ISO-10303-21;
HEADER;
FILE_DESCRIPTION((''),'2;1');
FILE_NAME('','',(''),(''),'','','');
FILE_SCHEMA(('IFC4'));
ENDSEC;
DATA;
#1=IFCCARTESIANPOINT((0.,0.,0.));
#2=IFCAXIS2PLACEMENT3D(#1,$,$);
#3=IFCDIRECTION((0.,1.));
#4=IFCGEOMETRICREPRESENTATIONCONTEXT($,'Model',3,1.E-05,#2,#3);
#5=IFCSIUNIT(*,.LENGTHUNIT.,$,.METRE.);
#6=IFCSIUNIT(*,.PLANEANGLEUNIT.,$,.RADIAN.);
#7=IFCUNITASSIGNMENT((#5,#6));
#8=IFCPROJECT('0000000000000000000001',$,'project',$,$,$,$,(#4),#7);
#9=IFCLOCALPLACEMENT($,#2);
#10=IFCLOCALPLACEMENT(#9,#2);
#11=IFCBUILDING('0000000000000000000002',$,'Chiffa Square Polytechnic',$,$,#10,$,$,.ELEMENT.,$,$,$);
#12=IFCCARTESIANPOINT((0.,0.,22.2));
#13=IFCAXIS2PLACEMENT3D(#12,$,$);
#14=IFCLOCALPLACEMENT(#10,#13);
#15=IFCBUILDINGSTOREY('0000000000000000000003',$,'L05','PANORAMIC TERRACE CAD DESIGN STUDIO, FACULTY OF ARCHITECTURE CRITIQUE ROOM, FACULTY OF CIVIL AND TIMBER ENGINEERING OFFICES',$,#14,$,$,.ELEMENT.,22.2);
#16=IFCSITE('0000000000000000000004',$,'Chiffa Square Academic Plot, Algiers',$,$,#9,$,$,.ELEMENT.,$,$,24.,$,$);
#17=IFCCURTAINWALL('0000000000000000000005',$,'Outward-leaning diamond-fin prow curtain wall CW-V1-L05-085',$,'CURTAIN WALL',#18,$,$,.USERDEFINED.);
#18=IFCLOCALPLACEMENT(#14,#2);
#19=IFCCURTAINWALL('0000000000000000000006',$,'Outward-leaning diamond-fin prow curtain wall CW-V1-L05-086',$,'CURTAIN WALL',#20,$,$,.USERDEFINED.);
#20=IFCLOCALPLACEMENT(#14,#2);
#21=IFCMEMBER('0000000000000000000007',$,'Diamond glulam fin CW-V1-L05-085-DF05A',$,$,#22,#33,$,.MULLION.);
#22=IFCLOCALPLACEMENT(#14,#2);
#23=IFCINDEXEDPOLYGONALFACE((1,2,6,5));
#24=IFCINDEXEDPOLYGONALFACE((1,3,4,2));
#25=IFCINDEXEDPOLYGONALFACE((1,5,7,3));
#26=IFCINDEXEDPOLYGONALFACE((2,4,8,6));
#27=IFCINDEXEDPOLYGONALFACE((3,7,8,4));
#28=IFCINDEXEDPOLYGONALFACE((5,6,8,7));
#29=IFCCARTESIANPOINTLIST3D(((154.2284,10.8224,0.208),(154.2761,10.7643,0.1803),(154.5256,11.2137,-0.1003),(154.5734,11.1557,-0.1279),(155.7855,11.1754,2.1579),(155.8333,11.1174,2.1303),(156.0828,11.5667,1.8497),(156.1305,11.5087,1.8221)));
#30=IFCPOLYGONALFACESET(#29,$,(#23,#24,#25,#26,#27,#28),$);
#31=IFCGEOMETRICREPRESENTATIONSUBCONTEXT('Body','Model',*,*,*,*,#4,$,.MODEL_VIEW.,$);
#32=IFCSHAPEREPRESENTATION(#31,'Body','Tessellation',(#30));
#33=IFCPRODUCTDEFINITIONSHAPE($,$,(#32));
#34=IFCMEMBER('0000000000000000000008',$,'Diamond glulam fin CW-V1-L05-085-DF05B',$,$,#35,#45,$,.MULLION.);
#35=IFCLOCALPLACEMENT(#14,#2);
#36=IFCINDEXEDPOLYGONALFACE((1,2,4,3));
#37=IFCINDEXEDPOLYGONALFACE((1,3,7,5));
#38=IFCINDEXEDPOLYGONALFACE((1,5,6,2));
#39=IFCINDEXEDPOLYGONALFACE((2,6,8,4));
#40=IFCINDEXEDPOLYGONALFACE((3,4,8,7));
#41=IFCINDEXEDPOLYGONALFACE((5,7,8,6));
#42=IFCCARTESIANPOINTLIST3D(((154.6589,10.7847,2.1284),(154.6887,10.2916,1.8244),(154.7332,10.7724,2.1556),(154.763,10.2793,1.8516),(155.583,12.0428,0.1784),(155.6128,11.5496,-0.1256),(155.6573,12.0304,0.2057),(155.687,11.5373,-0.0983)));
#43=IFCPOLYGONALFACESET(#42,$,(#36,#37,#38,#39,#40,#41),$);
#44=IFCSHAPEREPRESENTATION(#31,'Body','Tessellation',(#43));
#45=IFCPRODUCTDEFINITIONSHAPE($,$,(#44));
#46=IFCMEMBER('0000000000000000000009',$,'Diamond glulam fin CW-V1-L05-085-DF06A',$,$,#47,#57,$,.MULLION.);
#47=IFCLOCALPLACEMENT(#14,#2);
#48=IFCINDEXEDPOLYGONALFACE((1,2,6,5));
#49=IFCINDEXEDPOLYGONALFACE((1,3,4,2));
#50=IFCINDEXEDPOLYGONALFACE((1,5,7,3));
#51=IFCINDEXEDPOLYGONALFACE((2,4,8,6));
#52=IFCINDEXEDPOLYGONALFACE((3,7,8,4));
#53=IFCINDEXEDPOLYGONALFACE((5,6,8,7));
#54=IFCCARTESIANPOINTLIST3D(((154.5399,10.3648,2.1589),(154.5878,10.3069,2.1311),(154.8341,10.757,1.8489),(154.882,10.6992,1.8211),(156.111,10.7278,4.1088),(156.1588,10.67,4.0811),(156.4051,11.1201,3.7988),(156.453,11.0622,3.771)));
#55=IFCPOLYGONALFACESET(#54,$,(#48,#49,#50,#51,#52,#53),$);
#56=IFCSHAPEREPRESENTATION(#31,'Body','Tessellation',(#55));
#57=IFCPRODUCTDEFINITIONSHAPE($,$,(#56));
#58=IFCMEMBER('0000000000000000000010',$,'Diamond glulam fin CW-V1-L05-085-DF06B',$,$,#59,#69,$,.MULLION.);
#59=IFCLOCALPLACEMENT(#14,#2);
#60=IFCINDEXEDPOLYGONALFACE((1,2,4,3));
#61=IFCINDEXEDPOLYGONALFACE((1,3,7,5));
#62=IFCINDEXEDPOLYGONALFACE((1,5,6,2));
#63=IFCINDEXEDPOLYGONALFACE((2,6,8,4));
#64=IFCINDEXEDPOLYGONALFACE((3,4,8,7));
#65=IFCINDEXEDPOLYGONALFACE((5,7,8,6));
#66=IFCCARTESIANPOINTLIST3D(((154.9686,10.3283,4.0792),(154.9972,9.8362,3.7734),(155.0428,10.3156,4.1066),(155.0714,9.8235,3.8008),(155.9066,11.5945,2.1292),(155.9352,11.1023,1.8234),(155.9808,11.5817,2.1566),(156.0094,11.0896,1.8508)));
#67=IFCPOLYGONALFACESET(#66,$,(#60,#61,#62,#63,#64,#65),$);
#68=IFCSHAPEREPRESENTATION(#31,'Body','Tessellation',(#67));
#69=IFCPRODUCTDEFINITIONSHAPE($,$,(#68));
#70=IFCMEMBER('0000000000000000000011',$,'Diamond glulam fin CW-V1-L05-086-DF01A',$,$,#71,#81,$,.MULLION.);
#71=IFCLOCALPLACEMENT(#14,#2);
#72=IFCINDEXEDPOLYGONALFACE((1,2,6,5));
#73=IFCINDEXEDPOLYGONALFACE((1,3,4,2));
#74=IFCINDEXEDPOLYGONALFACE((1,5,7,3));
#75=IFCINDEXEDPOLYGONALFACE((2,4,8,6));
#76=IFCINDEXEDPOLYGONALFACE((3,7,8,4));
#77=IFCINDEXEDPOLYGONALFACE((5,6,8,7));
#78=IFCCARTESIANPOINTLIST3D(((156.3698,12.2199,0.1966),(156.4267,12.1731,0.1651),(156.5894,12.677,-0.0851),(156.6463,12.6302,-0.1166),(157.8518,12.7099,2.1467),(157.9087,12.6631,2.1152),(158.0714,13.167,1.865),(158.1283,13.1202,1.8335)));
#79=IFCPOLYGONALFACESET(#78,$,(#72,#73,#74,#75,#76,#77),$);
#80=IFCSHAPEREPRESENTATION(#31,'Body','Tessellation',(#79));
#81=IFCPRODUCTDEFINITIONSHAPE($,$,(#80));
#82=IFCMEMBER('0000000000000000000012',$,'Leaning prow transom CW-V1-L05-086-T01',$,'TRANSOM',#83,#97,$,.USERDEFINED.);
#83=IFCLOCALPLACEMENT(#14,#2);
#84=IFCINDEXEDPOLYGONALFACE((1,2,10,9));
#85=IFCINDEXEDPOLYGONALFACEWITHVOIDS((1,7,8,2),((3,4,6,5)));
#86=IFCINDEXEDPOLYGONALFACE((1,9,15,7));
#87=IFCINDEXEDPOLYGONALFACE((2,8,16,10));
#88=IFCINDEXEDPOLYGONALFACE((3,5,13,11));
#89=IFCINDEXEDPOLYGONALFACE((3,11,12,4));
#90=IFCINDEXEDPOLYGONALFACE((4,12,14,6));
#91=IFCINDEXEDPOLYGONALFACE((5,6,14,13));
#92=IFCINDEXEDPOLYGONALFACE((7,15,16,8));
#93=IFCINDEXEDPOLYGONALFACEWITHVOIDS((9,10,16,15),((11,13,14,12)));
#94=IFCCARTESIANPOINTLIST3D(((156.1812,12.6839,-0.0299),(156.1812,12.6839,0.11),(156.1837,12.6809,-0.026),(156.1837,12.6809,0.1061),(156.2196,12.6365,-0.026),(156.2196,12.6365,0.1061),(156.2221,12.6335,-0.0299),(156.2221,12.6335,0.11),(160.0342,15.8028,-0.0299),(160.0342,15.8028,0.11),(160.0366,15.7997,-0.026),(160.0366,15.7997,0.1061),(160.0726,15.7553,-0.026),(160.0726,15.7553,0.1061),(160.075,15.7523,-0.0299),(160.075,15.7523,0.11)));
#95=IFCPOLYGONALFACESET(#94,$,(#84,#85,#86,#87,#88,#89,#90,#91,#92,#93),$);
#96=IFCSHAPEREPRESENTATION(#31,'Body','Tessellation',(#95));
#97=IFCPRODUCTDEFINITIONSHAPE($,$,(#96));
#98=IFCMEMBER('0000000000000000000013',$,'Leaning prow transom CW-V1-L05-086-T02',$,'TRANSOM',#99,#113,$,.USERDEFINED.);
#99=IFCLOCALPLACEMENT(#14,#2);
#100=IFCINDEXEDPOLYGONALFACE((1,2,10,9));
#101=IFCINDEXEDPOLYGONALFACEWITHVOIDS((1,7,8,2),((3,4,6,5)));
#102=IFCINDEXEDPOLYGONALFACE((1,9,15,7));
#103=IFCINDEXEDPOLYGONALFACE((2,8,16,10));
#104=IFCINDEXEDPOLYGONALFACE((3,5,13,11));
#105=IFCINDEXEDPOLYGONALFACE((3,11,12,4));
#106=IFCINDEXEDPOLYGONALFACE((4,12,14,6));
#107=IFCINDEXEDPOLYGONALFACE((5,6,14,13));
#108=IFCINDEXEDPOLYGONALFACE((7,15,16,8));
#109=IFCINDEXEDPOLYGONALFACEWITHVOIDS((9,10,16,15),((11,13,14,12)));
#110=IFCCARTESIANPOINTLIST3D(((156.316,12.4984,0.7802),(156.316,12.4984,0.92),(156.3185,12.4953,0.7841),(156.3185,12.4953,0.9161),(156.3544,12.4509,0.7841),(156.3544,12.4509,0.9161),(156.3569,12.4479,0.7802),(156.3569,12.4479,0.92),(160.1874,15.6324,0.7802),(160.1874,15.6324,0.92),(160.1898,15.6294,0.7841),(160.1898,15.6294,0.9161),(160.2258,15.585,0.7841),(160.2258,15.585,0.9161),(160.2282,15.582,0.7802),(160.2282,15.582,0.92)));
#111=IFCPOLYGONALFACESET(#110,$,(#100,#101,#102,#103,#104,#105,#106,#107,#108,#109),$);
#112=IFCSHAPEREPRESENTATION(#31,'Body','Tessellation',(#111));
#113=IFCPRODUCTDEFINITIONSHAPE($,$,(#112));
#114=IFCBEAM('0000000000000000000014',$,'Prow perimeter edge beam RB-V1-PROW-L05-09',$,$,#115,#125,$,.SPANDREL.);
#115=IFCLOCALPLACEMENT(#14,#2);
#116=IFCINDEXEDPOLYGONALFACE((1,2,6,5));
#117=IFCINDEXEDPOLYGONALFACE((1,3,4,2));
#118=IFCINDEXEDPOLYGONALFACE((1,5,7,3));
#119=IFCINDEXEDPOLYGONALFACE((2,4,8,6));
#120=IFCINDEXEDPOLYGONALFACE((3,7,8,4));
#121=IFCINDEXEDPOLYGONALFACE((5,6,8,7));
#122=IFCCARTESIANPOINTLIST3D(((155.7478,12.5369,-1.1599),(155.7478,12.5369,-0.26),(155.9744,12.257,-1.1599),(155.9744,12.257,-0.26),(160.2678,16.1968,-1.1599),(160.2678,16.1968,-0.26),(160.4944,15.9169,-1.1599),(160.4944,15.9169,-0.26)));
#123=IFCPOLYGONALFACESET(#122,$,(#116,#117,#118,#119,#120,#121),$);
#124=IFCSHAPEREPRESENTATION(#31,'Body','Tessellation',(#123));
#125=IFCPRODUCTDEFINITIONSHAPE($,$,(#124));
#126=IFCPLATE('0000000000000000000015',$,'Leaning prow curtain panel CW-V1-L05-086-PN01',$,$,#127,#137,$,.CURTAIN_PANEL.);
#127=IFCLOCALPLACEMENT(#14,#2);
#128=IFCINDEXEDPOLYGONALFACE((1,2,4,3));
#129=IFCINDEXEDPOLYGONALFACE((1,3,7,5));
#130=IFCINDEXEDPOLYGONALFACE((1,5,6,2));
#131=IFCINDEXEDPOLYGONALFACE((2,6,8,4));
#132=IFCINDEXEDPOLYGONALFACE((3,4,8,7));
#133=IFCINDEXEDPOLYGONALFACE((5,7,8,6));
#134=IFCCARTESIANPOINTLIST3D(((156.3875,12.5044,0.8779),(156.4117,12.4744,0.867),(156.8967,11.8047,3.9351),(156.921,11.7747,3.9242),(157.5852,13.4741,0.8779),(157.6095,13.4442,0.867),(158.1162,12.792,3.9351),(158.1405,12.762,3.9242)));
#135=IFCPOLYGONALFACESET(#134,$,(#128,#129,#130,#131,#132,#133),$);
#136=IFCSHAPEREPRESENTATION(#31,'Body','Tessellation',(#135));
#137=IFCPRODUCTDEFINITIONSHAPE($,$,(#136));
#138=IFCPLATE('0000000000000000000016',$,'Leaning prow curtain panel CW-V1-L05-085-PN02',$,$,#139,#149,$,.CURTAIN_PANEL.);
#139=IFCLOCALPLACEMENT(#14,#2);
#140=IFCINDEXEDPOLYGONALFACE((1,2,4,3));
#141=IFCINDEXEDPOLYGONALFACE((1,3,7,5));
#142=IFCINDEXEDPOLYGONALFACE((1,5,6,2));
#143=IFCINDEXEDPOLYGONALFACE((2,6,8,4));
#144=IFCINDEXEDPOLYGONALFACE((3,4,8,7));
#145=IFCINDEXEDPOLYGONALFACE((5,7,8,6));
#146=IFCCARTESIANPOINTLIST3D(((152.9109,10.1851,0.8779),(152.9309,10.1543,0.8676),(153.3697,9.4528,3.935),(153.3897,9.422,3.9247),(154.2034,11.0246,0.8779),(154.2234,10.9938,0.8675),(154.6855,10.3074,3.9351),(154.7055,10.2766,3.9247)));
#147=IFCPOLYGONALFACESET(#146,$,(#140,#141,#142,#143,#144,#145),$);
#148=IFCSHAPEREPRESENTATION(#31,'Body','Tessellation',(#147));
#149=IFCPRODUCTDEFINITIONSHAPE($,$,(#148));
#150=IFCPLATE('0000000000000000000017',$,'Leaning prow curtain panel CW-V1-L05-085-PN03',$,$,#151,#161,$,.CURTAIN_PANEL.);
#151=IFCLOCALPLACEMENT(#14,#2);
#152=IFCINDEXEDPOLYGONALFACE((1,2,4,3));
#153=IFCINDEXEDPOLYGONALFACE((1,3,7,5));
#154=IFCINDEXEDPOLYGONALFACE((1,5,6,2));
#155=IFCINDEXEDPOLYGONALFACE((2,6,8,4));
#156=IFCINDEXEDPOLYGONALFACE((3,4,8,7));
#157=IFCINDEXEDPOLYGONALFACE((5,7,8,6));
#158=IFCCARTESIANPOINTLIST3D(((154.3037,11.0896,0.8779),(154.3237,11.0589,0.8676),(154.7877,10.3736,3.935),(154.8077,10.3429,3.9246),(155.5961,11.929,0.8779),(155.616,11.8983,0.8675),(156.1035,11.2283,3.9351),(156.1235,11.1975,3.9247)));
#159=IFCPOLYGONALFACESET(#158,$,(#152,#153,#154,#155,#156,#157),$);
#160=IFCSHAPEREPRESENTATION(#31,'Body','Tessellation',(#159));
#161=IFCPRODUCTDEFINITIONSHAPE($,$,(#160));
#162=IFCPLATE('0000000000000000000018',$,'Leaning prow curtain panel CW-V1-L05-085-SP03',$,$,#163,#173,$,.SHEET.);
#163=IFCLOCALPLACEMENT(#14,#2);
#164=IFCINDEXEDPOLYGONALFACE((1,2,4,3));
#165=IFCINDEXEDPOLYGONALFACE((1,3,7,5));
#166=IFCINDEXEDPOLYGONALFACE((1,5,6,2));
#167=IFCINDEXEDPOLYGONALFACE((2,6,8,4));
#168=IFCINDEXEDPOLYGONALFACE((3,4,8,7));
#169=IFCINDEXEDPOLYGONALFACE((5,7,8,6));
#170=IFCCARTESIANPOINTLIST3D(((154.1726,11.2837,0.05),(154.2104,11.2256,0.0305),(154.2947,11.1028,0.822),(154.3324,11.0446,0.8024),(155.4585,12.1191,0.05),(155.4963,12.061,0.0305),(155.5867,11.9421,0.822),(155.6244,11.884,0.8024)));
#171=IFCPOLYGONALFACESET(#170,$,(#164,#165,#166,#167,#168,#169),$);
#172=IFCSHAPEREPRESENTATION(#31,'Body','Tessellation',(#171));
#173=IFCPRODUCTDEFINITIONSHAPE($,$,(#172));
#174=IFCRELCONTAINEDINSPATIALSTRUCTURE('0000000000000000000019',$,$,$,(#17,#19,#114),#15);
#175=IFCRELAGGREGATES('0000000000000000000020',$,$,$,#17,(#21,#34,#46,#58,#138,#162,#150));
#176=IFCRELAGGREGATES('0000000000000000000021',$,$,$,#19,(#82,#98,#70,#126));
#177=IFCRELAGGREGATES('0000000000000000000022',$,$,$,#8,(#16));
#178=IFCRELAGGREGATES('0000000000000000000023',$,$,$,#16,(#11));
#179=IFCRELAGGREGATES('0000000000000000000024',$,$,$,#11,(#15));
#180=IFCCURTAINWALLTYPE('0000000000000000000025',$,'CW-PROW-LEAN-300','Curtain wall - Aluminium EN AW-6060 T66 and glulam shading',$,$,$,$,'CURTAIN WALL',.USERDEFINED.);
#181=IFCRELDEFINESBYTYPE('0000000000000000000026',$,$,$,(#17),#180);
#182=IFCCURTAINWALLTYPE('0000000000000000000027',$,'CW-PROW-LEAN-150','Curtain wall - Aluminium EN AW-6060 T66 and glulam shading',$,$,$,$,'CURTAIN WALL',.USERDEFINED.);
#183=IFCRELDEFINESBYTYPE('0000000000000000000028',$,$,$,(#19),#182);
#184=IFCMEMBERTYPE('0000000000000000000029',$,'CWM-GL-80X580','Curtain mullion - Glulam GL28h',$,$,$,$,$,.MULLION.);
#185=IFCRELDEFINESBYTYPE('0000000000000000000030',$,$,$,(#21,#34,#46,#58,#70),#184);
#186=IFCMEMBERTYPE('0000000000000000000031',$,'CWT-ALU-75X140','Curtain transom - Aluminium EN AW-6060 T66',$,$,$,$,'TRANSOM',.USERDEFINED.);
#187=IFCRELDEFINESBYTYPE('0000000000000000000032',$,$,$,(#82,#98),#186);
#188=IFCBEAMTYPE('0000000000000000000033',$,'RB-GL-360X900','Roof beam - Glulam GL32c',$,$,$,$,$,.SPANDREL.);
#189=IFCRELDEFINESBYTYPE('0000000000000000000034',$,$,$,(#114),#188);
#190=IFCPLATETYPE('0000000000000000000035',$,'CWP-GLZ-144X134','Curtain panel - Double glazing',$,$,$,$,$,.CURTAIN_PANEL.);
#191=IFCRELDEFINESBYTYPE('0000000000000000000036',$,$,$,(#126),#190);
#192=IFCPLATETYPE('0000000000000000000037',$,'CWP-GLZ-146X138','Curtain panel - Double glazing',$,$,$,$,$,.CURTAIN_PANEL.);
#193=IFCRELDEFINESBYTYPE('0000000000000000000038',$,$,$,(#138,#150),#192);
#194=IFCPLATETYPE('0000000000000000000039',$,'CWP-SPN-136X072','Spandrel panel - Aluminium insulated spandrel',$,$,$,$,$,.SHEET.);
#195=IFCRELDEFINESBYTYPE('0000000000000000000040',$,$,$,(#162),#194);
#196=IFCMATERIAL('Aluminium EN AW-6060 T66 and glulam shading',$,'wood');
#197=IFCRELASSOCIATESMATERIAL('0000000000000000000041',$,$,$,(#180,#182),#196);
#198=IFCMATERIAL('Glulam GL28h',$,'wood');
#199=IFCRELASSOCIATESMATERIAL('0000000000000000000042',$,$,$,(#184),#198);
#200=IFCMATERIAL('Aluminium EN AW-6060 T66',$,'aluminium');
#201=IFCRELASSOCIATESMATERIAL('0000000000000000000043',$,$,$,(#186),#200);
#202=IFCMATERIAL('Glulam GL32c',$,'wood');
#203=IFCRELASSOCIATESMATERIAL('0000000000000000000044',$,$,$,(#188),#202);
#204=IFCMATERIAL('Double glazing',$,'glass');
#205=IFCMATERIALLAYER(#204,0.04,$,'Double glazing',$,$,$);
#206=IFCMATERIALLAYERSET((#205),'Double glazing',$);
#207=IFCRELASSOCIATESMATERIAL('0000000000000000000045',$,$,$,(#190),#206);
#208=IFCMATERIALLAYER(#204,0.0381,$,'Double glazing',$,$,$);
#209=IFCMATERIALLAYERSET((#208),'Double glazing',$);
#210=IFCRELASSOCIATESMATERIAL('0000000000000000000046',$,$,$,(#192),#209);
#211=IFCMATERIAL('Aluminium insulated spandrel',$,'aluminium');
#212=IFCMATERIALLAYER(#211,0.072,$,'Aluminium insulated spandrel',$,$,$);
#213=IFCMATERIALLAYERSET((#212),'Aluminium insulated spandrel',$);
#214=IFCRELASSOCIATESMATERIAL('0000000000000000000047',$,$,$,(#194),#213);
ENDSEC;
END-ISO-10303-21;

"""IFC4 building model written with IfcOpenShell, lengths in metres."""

from ifc_helpers import new_model, si_unit, direction, frame, origin, origin_2d, place, context, subcontext, project, spatial, polyline, rectangle, hollow_rectangle, outline, extrude, material, layer, layer_set, material_profile, profile_set, type_object, element, aggregate, save


model = new_model("IFC4")

# Units and contexts
model_context = context("Model", 3, precision=1e-05, world=origin(), true_north=direction((0.0, 1.0)))
body_context = subcontext(model_context, "Body", "Model", "MODEL_VIEW")
ifc_project = project(units=[si_unit("LENGTHUNIT", "METRE"), si_unit("PLANEANGLEUNIT", "RADIAN")], contexts=[model_context])

# Site, building, storey
site_placement = place(None, origin())
site = spatial("IfcSite", under=ifc_project, at=site_placement, Name="Chiffa Square Academic Plot, Algiers", CompositionType="ELEMENT", RefElevation=24.0)
building_placement = place(site_placement, origin())
building = spatial("IfcBuilding", under=site, at=building_placement, Name="Chiffa Square Polytechnic", CompositionType="ELEMENT")
storey_placement = place(building_placement, frame((0.0, 0.0, 22.2)))
storey = spatial("IfcBuildingStorey", under=building, at=storey_placement, Name="L05", Description="PANORAMIC TERRACE CAD DESIGN STUDIO, FACULTY OF ARCHITECTURE CRITIQUE ROOM, FACULTY OF CIVIL AND TIMBER ENGINEERING OFFICES", CompositionType="ELEMENT", Elevation=22.2)

# Shared definitions
ifc_material_1 = material(Name="Glulam GL32c", Category="wood")

# Curtain wall
ifc_material_2 = material(Name="Aluminium EN AW-6060 T66 and glulam shading", Category="wood")
curtain_wall_type_1 = type_object("IfcCurtainWallType", Name="CW-PROW-LEAN-300", Description="Curtain wall - Aluminium EN AW-6060 T66 and glulam shading", ElementType="CURTAIN WALL", PredefinedType="USERDEFINED", material=ifc_material_2)
curtain_wall_1_placement = place(storey_placement, origin())
curtain_wall_1 = element("IfcCurtainWall", 1, at=curtain_wall_1_placement, inside=storey, type_object=curtain_wall_type_1, Name="Outward-leaning diamond-fin prow curtain wall CW-V1-L05-085", ObjectType="CURTAIN WALL", PredefinedType="USERDEFINED")
ifc_material_3 = material(Name="Aluminium EN AW-6060 T66", Category="aluminium")

# Curtain wall
curtain_wall_type_2 = type_object("IfcCurtainWallType", Name="CW-PROW-LEAN-150", Description="Curtain wall - Aluminium EN AW-6060 T66 and glulam shading", ElementType="CURTAIN WALL", PredefinedType="USERDEFINED", material=ifc_material_2)
curtain_wall_2_placement = place(storey_placement, origin())
curtain_wall_2 = element("IfcCurtainWall", 2, at=curtain_wall_2_placement, inside=storey, type_object=curtain_wall_type_2, Name="Outward-leaning diamond-fin prow curtain wall CW-V1-L05-086", ObjectType="CURTAIN WALL", PredefinedType="USERDEFINED")

# Members
ifc_material_4 = material(Name="Glulam GL28h", Category="wood")
ifc_material_profile_1 = material_profile(ifc_material_4, rectangle(XDim=0.0801, YDim=0.5801, at=origin_2d()), Name="GL28h 80x580")
ifc_profile_set_1 = profile_set([ifc_material_profile_1], Name="Glulam GL28h")
member_type_1 = type_object("IfcMemberType", Name="CWM-GL-80X580", Description="Curtain mullion - Glulam GL28h", PredefinedType="MULLION", material=ifc_profile_set_1)
member_1_placement = place(storey_placement, frame((154.4009, 10.989, 0.04), z_axis=(0.61785, 0.140077, 0.773718), x_axis=(-0.596402, 0.72474, 0.345045)))
member_1 = element("IfcMember", 3, at=member_1_placement, type_object=member_type_1, Name="Diamond glulam fin CW-V1-L05-085-DF05A", PredefinedType="MULLION", context=body_context, shape_type="SweptSolid", body=[
    extrude(rectangle(XDim=0.0801, YDim=0.5801, at=origin_2d()), origin(), (0.0, 0.0, 1.0), 2.5203),
])
member_2_placement = place(storey_placement, frame((155.635, 11.79, 0.04), z_axis=(-0.369957, -0.503669, 0.780672), x_axis=(0.927628, -0.153806, 0.340367)))
member_2 = element("IfcMember", 4, at=member_2_placement, type_object=member_type_1, Name="Diamond glulam fin CW-V1-L05-085-DF05B", PredefinedType="MULLION", context=body_context, shape_type="SweptSolid", body=[
    extrude(rectangle(XDim=0.0801, YDim=0.5801, at=origin_2d()), origin(), (0.0, 0.0, 1.0), 2.4978),
])
member_3_placement = place(storey_placement, frame((154.7109, 10.532, 1.99), z_axis=(0.620899, 0.143477, 0.770648), x_axis=(-0.597773, 0.722638, 0.347077)))
member_3 = element("IfcMember", 5, at=member_3_placement, type_object=member_type_1, Name="Diamond glulam fin CW-V1-L05-085-DF06A", PredefinedType="MULLION", context=body_context, shape_type="SweptSolid", body=[
    extrude(rectangle(XDim=0.0801, YDim=0.5801, at=origin_2d()), origin(), (0.0, 0.0, 1.0), 2.5303),
])
member_4_placement = place(storey_placement, frame((155.958, 11.342, 1.99), z_axis=(-0.374144, -0.505026, 0.777795), x_axis=(0.926058, -0.158859, 0.342316)))
member_4 = element("IfcMember", 6, at=member_4_placement, type_object=member_type_1, Name="Diamond glulam fin CW-V1-L05-085-DF06B", PredefinedType="MULLION", context=body_context, shape_type="SweptSolid", body=[
    extrude(rectangle(XDim=0.0801, YDim=0.5801, at=origin_2d()), origin(), (0.0, 0.0, 1.0), 2.5071),
])
member_5_placement = place(storey_placement, frame((156.5081, 12.425, 0.04), z_axis=(0.593318, 0.196176, 0.780697), x_axis=(-0.710439, 0.583624, 0.393268)))
member_5 = element("IfcMember", 7, at=member_5_placement, type_object=member_type_1, Name="Diamond glulam fin CW-V1-L05-086-DF01A", PredefinedType="MULLION", context=body_context, shape_type="SweptSolid", body=[
    extrude(rectangle(XDim=0.0801, YDim=0.5801, at=origin_2d()), origin(), (0.0, 0.0, 1.0), 2.4978),
])
ifc_material_profile_2 = material_profile(ifc_material_3, hollow_rectangle(XDim=0.0649, YDim=0.1399, WallThickness=0.0039, at=origin_2d()), Name="ALU 65x140x4")
ifc_profile_set_2 = profile_set([ifc_material_profile_2], Name="Aluminium EN AW-6060 T66")
member_type_2 = type_object("IfcMemberType", Name="CWT-ALU-75X140", Description="Curtain transom - Aluminium EN AW-6060 T66", ElementType="TRANSOM", PredefinedType="USERDEFINED", material=ifc_profile_set_2)
member_6_placement = place(storey_placement, frame((156.2017, 12.6587, 0.04), z_axis=(0.777267, 0.629171, 0.0), x_axis=(-0.629171, 0.777267, 0.0)))
member_6 = element("IfcMember", 8, at=member_6_placement, type_object=member_type_2, Name="Leaning prow transom CW-V1-L05-086-T01", ObjectType="TRANSOM", PredefinedType="USERDEFINED", context=body_context, shape_type="SweptSolid", body=[
    extrude(hollow_rectangle(XDim=0.0649, YDim=0.1399, WallThickness=0.0039, at=origin_2d()), origin(), (0.0, 0.0, 1.0), 4.957),
])
member_7_placement = place(storey_placement, frame((156.3364, 12.4731, 0.8501), z_axis=(0.777236, 0.62921, 0.0), x_axis=(-0.62921, 0.777236, 0.0)))
member_7 = element("IfcMember", 9, at=member_7_placement, type_object=member_type_2, Name="Leaning prow transom CW-V1-L05-086-T02", ObjectType="TRANSOM", PredefinedType="USERDEFINED", context=body_context, shape_type="SweptSolid", body=[
    extrude(hollow_rectangle(XDim=0.0649, YDim=0.1399, WallThickness=0.0039, at=origin_2d()), origin(), (0.0, 0.0, 1.0), 4.981),
])

# Beam
ifc_material_profile_3 = material_profile(ifc_material_1, rectangle(XDim=0.3601, YDim=0.8999, at=origin_2d()), Name="GL32c 360x900")
ifc_profile_set_3 = profile_set([ifc_material_profile_3], Name="Glulam GL32c")
beam_type_1 = type_object("IfcBeamType", Name="RB-GL-360X900", Description="Roof beam - Glulam GL32c", PredefinedType="SPANDREL", material=ifc_profile_set_3)
beam_1_placement = place(storey_placement, frame((155.8611, 12.397, -0.71), z_axis=(0.777174, 0.629286, 0.0), x_axis=(-0.629286, 0.777174, 0.0)))
element("IfcBeam", 10, at=beam_1_placement, inside=storey, type_object=beam_type_1, Name="Prow perimeter edge beam RB-V1-PROW-L05-09", PredefinedType="SPANDREL", context=body_context, shape_type="SweptSolid", body=[
    extrude(rectangle(XDim=0.3601, YDim=0.8999, at=origin_2d()), origin(), (0.0, 0.0, 1.0), 5.8159),
])

# Plates
ifc_material_5 = material(Name="Double glazing", Category="glass")
ifc_layer_1 = layer(ifc_material_5, 0.04, Name="Double glazing")
ifc_layer_set_1 = layer_set([ifc_layer_1], Name="Double glazing")
plate_type_1 = type_object("IfcPlateType", Name="CWP-GLZ-144X134", Description="Curtain panel - Double glazing", PredefinedType="CURTAIN_PANEL", material=ifc_layer_set_1)
plate_1_placement = place(storey_placement, frame((156.3875, 12.5044, 0.8779), z_axis=(-0.605508, 0.747897, 0.272048), x_axis=(0.77721, 0.629241, -0.000001)))
plate_1 = element("IfcPlate", 11, at=plate_1_placement, type_object=plate_type_1, Name="Leaning prow curtain panel CW-V1-L05-086-PN01", PredefinedType="CURTAIN_PANEL", context=body_context, shape_type="SweptSolid", body=[
    extrude(outline(polyline([(0.0, 0.0), (1.5411, 0.0), (1.5246, -3.177), (-0.0445, -3.177), (0.0, 0.0)])), origin(), (0.0, 0.0, -1.0), 0.04),
])
ifc_layer_2 = layer(ifc_material_5, 0.0381, Name="Double glazing")
ifc_layer_set_2 = layer_set([ifc_layer_2], Name="Double glazing")
plate_type_2 = type_object("IfcPlateType", Name="CWP-GLZ-146X138", Description="Curtain panel - Double glazing", PredefinedType="CURTAIN_PANEL", material=ifc_layer_set_2)
plate_2_placement = place(storey_placement, frame((152.9109, 10.1851, 0.8779), z_axis=(-0.524147, 0.807031, 0.271977), x_axis=(0.838641, 0.544685, -0.000023)))
plate_2 = element("IfcPlate", 12, at=plate_2_placement, type_object=plate_type_2, Name="Leaning prow curtain panel CW-V1-L05-085-PN02", PredefinedType="CURTAIN_PANEL", context=body_context, shape_type="SweptSolid", body=[
    extrude(outline(polyline([(0.0, 0.0), (1.5412, 0.0), (1.5549, -3.1769), (-0.0142, -3.1768), (0.0, 0.0)])), origin(), (0.0, 0.0, -1.0), 0.0381),
])
plate_3_placement = place(storey_placement, frame((154.3037, 11.0896, 0.8779), z_axis=(-0.524179, 0.807005, 0.271991), x_axis=(0.838616, 0.544723, -0.000035)))
plate_3 = element("IfcPlate", 13, at=plate_3_placement, type_object=plate_type_2, Name="Leaning prow curtain panel CW-V1-L05-085-PN03", PredefinedType="CURTAIN_PANEL", context=body_context, shape_type="SweptSolid", body=[
    extrude(outline(polyline([(0.0, 0.0), (1.541, 0.0), (1.5848, -3.177), (0.0158, -3.1768), (0.0, 0.0)])), origin(), (0.0, 0.0, -1.0), 0.0381),
])
ifc_material_6 = material(Name="Aluminium insulated spandrel", Category="aluminium")
ifc_layer_3 = layer(ifc_material_6, 0.072, Name="Aluminium insulated spandrel")
ifc_layer_set_3 = layer_set([ifc_layer_3], Name="Aluminium insulated spandrel")
plate_type_3 = type_object("IfcPlateType", Name="CWP-SPN-136X072", Description="Spandrel panel - Aluminium insulated spandrel", PredefinedType="SHEET", material=ifc_layer_set_3)
plate_4_placement = place(storey_placement, frame((154.1726, 11.2837, 0.05), z_axis=(-0.524256, 0.806941, 0.272033), x_axis=(0.838565, 0.544802, -0.000004)))
plate_4 = element("IfcPlate", 14, at=plate_4_placement, type_object=plate_type_3, Name="Leaning prow curtain panel CW-V1-L05-085-SP03", PredefinedType="SHEET", context=body_context, shape_type="SweptSolid", body=[
    extrude(outline(polyline([(0.0, 0.0), (1.5335, 0.0), (1.5445, -0.8022), (0.0038, -0.8022), (0.0, 0.0)])), origin(), (0.0, 0.0, -1.0), 0.072),
])
aggregate(curtain_wall_1, [member_1, member_2, member_3, member_4, plate_2, plate_4, plate_3])
aggregate(curtain_wall_2, [member_6, member_7, member_5, plate_1])

save(model, "model.ifc")
